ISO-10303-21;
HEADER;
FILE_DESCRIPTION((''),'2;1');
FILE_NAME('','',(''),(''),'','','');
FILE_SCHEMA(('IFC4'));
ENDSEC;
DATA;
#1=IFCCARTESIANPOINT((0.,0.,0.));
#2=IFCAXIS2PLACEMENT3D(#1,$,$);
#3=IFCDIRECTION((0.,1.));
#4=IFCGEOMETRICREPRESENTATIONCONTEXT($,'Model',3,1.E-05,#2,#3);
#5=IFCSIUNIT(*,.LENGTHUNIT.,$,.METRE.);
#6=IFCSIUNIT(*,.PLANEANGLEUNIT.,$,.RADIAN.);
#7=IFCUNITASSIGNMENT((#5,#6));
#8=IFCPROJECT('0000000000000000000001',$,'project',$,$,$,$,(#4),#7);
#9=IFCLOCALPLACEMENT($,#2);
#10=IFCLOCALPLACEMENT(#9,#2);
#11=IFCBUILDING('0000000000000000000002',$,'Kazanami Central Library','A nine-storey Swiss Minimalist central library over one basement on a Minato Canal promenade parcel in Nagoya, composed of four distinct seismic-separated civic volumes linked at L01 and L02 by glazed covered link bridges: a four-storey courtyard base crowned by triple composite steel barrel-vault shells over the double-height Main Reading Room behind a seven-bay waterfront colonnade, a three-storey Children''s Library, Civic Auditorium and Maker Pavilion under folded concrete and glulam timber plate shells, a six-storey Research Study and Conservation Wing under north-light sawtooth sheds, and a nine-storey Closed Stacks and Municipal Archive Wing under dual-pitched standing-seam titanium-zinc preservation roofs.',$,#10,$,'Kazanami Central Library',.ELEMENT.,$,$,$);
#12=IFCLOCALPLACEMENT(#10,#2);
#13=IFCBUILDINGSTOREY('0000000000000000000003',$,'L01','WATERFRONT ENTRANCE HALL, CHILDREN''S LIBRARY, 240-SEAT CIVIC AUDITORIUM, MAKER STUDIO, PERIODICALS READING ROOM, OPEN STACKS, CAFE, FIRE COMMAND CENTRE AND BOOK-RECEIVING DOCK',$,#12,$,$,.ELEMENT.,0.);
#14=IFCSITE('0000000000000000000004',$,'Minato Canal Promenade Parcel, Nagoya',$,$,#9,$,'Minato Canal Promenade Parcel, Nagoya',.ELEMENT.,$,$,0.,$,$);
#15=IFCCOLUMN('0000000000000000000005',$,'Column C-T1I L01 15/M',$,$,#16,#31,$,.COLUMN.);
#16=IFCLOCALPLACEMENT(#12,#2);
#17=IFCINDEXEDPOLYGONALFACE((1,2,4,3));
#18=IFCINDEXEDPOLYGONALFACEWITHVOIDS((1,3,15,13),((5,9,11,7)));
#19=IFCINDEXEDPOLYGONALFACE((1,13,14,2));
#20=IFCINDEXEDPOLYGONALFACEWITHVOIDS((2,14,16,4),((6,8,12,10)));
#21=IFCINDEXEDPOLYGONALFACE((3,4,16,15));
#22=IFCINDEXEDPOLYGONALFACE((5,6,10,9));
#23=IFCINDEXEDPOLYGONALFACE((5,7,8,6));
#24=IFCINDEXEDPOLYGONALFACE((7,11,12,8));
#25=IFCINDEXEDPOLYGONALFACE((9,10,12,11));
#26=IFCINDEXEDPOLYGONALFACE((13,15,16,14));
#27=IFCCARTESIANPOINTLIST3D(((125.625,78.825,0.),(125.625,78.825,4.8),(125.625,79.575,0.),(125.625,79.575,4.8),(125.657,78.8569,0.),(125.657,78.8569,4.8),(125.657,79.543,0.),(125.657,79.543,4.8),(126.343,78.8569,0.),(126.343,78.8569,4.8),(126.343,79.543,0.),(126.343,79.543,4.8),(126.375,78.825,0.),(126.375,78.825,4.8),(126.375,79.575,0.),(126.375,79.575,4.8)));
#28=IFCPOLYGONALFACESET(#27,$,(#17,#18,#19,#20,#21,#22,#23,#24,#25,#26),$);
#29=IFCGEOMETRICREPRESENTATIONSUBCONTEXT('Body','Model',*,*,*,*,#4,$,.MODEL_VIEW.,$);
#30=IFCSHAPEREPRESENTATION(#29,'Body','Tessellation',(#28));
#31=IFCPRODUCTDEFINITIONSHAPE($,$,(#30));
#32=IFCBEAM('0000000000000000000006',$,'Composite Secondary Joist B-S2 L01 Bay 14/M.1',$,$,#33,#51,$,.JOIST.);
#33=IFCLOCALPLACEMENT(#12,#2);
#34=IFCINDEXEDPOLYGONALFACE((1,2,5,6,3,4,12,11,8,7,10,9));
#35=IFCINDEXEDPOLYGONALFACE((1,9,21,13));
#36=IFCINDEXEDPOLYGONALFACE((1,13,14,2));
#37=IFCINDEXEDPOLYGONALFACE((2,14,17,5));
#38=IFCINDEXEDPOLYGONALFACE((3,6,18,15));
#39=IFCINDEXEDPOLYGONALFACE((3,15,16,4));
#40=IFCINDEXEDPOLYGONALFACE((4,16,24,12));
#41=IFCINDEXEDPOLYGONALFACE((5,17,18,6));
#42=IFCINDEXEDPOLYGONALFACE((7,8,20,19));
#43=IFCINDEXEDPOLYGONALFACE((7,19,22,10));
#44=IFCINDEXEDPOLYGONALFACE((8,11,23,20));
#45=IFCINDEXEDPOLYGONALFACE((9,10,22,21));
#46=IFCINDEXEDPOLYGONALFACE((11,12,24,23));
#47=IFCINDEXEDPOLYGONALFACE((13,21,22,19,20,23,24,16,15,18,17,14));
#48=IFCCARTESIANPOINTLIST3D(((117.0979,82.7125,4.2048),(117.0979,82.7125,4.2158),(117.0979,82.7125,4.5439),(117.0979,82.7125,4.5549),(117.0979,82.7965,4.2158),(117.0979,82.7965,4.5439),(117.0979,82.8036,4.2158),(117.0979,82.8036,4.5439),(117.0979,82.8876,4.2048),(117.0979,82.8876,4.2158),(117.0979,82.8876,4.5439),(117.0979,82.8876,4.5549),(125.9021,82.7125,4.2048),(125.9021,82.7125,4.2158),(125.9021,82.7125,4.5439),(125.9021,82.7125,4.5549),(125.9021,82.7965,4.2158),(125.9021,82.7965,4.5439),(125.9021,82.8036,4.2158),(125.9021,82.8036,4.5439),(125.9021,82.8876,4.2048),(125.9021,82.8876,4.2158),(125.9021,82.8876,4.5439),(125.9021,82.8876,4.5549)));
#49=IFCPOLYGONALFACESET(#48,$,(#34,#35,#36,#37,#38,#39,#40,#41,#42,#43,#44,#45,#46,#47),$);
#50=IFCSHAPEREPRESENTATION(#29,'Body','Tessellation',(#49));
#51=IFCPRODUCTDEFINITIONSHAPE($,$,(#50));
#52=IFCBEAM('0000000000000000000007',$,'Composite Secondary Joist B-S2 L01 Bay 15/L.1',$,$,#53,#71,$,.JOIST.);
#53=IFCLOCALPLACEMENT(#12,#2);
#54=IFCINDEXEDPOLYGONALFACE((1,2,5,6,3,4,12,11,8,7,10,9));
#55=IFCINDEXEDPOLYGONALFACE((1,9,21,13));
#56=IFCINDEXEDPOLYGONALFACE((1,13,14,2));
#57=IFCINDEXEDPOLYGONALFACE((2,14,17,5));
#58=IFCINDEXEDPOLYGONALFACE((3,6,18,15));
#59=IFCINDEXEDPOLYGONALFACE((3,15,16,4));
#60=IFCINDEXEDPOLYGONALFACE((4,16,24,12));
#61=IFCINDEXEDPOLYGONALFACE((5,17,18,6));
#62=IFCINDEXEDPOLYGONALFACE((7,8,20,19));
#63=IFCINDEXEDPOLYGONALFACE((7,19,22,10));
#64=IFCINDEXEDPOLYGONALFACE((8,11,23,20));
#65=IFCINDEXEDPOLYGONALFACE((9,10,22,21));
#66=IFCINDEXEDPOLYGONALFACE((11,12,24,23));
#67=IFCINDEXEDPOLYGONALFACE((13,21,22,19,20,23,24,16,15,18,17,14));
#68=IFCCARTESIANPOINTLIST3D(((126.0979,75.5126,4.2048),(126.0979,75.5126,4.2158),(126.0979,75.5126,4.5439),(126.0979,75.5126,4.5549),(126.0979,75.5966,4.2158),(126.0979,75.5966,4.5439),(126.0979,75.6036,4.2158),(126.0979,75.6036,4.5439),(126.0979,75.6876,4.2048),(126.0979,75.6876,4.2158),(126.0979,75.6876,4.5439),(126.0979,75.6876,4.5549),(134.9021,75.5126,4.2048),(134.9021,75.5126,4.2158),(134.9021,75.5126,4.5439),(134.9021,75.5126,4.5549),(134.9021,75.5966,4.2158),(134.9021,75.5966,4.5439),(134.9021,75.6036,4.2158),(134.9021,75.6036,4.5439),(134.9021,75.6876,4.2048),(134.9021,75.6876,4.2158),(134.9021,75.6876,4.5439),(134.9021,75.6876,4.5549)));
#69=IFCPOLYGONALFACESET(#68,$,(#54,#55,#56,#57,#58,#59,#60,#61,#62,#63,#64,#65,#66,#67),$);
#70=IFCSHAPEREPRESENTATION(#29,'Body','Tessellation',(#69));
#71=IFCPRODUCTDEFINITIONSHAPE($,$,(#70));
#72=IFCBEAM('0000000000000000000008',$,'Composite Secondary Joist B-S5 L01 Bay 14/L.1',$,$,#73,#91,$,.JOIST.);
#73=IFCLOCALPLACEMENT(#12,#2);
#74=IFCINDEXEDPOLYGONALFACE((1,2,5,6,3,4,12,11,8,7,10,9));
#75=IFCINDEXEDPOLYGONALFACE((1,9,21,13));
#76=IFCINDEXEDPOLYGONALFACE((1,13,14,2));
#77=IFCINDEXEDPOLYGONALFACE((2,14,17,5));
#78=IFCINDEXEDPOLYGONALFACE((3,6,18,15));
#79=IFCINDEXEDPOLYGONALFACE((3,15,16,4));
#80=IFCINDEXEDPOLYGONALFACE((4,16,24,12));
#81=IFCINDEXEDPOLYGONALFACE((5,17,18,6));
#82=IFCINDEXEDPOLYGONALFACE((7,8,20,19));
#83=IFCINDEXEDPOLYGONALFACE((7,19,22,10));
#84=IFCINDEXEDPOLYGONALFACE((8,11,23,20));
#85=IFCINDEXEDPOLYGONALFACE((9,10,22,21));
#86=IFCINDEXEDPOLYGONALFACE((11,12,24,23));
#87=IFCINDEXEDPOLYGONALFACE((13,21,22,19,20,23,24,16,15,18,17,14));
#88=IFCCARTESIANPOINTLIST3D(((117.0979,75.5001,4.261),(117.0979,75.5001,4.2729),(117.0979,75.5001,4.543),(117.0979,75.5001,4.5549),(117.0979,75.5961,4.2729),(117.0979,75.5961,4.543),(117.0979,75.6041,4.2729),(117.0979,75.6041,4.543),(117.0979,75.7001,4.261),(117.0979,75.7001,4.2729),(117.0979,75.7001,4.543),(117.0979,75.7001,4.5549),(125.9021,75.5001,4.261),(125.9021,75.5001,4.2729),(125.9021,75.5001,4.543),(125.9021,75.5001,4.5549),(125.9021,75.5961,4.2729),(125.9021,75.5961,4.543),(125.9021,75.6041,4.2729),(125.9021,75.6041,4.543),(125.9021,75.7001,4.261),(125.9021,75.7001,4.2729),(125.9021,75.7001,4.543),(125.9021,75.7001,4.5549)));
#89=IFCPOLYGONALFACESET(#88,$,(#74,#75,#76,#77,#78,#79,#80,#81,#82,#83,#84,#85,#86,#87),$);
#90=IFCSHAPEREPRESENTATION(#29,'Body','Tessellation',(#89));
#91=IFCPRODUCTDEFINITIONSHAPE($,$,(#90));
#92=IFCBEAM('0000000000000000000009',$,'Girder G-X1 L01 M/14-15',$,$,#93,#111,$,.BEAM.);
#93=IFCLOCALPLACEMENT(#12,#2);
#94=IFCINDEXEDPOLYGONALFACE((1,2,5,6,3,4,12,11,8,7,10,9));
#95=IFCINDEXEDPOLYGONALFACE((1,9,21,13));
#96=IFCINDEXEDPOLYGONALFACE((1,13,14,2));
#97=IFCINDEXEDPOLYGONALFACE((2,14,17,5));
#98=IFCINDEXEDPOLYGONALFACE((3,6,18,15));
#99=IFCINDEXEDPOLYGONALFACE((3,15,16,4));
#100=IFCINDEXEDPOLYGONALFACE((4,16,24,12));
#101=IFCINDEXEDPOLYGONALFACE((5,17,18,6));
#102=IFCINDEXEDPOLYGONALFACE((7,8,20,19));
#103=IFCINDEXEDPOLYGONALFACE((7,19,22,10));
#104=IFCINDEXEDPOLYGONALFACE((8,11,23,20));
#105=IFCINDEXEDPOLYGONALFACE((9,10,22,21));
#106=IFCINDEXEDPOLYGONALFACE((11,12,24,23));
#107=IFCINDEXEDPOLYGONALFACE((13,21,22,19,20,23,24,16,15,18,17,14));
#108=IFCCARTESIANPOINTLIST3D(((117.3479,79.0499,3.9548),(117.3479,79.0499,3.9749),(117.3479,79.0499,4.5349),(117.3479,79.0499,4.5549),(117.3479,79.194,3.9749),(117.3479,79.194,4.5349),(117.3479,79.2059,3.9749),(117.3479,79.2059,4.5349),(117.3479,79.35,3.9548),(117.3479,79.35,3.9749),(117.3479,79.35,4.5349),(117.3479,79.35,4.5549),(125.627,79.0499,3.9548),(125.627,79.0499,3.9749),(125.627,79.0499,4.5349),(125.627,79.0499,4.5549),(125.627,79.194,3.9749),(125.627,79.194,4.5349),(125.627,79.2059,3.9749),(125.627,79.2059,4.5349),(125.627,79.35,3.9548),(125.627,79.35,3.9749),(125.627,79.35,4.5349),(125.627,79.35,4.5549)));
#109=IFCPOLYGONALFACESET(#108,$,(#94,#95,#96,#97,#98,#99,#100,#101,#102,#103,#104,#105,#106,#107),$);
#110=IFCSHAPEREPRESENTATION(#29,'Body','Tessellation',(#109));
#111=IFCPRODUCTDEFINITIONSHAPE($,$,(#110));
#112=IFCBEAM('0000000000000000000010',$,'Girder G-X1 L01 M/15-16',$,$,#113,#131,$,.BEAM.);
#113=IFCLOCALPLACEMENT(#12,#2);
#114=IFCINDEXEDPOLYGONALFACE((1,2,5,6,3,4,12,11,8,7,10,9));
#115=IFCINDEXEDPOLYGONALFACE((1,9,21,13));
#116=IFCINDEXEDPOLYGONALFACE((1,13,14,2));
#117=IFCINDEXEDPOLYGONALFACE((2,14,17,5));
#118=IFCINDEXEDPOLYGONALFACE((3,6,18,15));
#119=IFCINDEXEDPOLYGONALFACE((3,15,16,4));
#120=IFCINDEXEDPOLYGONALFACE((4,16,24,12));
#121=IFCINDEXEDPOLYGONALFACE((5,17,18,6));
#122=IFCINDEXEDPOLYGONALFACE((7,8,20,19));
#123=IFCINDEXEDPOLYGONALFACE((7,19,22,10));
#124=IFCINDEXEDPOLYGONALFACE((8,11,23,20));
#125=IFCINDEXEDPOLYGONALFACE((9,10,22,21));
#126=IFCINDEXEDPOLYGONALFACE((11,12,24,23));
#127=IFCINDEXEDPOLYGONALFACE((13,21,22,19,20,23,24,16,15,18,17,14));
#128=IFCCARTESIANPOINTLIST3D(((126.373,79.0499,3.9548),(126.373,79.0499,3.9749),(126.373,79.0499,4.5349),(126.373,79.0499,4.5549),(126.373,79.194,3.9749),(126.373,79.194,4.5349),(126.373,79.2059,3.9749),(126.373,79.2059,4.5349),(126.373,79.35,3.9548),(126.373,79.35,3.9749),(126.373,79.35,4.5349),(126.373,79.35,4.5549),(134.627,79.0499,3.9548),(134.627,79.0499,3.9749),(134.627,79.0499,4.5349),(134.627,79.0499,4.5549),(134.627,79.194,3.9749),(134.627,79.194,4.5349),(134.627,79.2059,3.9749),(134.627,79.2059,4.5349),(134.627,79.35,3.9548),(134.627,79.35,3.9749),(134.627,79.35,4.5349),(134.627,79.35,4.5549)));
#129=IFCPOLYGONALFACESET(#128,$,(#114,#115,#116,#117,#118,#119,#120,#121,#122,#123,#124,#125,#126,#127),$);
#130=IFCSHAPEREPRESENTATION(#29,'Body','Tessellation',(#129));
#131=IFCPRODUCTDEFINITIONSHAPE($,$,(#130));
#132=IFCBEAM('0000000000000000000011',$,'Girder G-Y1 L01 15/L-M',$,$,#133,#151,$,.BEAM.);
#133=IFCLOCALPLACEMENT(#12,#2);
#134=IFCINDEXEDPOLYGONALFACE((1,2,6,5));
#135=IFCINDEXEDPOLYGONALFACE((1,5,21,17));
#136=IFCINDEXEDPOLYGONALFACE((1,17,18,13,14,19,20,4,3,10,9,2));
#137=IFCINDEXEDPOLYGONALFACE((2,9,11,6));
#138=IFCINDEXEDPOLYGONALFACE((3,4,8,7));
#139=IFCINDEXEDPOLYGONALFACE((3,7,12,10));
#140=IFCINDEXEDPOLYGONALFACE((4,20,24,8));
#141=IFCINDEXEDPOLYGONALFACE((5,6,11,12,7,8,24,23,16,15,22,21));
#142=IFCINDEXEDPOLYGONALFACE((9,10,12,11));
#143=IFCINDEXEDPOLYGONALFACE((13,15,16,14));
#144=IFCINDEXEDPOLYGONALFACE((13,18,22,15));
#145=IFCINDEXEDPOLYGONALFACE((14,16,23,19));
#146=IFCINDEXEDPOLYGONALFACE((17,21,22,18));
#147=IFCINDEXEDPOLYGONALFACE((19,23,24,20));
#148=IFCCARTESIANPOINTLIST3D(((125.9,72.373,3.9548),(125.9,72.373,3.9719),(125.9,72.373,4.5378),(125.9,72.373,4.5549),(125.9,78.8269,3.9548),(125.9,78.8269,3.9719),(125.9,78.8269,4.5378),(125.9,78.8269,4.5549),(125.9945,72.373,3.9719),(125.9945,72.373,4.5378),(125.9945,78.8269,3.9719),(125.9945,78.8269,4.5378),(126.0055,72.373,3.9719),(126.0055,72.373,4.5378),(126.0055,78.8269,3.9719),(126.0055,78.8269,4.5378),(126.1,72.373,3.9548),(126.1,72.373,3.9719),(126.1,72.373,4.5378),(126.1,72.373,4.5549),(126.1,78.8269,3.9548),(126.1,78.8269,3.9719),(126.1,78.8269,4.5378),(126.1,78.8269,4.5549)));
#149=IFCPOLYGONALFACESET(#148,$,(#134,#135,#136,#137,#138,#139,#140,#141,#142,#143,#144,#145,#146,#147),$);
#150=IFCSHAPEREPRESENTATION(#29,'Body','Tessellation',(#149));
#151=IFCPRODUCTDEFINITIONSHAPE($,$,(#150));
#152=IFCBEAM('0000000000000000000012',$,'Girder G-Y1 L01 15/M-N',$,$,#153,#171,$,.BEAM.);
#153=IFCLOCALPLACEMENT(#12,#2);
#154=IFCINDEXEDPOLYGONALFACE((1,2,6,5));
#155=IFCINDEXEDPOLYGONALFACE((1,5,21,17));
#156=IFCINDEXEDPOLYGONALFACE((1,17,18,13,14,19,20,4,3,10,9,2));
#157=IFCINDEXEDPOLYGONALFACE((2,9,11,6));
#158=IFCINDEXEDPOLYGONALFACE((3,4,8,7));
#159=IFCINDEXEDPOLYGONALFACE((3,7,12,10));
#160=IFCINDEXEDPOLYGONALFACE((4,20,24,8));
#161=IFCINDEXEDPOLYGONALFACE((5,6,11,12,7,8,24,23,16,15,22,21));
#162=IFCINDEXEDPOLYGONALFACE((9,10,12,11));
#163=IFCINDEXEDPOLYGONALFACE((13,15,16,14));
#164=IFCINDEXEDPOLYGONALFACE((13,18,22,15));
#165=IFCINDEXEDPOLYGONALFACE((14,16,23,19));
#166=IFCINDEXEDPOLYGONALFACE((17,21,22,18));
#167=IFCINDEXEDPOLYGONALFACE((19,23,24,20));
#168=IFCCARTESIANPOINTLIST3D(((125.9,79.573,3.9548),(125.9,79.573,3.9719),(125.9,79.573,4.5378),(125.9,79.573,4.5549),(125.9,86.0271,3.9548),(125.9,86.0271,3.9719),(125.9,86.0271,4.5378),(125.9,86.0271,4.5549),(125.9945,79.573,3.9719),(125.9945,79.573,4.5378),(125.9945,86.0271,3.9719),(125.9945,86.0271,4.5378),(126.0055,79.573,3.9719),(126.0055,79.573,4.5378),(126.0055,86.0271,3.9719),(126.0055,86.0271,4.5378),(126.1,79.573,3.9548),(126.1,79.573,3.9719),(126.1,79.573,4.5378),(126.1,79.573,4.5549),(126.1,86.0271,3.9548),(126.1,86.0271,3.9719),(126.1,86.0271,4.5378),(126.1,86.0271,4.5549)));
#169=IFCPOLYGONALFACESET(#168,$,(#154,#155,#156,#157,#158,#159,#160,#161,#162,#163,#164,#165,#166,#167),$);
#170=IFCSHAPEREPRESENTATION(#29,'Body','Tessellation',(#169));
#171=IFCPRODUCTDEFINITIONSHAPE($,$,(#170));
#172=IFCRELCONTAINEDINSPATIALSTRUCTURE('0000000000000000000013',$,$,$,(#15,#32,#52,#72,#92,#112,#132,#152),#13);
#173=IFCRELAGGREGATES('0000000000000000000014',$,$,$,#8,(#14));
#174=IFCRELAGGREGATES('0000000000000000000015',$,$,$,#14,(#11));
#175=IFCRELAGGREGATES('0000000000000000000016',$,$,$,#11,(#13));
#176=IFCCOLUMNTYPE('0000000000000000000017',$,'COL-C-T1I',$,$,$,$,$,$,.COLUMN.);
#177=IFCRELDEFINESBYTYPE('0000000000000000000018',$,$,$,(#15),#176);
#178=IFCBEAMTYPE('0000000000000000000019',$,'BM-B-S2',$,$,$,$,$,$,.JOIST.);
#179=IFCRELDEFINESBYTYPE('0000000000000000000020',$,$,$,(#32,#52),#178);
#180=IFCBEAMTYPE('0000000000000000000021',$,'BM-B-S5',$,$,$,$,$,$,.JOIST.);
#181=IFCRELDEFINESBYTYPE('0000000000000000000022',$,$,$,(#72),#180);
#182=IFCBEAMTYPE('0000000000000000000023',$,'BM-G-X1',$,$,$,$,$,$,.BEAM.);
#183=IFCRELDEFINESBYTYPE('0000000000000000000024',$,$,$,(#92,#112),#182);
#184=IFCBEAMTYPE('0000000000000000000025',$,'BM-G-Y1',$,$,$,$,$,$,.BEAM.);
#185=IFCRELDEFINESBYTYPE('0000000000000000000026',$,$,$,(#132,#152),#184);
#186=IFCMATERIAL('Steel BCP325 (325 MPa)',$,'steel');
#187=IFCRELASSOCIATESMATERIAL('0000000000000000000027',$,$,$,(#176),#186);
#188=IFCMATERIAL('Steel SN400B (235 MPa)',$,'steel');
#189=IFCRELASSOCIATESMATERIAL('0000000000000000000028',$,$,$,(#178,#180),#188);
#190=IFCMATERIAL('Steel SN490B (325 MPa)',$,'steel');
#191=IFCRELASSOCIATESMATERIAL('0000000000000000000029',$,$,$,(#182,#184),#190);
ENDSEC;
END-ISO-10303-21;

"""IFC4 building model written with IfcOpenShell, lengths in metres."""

from ifc_helpers import new_model, si_unit, direction, frame, origin, origin_2d, place, context, subcontext, project, spatial, hollow_rectangle, i_section, extrude, material, material_profile, profile_set, type_object, element, save


model = new_model("IFC4")

# Units and contexts
model_context = context("Model", 3, precision=1e-05, world=origin(), true_north=direction((0.0, 1.0)))
body_context = subcontext(model_context, "Body", "Model", "MODEL_VIEW")
ifc_project = project(units=[si_unit("LENGTHUNIT", "METRE"), si_unit("PLANEANGLEUNIT", "RADIAN")], contexts=[model_context])

# Site, building, storey
site_placement = place(None, origin())
site = spatial("IfcSite", under=ifc_project, at=site_placement, Name="Minato Canal Promenade Parcel, Nagoya", LongName="Minato Canal Promenade Parcel, Nagoya", CompositionType="ELEMENT", RefElevation=0.0)
building_placement = place(site_placement, origin())
building = spatial("IfcBuilding", under=site, at=building_placement, Name="Kazanami Central Library", Description="A nine-storey Swiss Minimalist central library over one basement on a Minato Canal promenade parcel in Nagoya, composed of four distinct seismic-separated civic volumes linked at L01 and L02 by glazed covered link bridges: a four-storey courtyard base crowned by triple composite steel barrel-vault shells over the double-height Main Reading Room behind a seven-bay waterfront colonnade, a three-storey Children's Library, Civic Auditorium and Maker Pavilion under folded concrete and glulam timber plate shells, a six-storey Research Study and Conservation Wing under north-light sawtooth sheds, and a nine-storey Closed Stacks and Municipal Archive Wing under dual-pitched standing-seam titanium-zinc preservation roofs.", LongName="Kazanami Central Library", CompositionType="ELEMENT")
storey_placement = place(building_placement, origin())
storey = spatial("IfcBuildingStorey", under=building, at=storey_placement, Name="L01", Description="WATERFRONT ENTRANCE HALL, CHILDREN'S LIBRARY, 240-SEAT CIVIC AUDITORIUM, MAKER STUDIO, PERIODICALS READING ROOM, OPEN STACKS, CAFE, FIRE COMMAND CENTRE AND BOOK-RECEIVING DOCK", CompositionType="ELEMENT", Elevation=0.0)

# Column
ifc_material_1 = material(Name="Steel BCP325 (325 MPa)", Category="steel")
ifc_material_profile_1 = material_profile(ifc_material_1, hollow_rectangle(XDim=0.75, YDim=0.75, WallThickness=0.032, at=origin_2d()), Name="BCP-750x750x32")
ifc_profile_set_1 = profile_set([ifc_material_profile_1], Name="Steel BCP325 (325 MPa)")
column_type = type_object("IfcColumnType", Name="COL-C-T1I", PredefinedType="COLUMN", material=ifc_profile_set_1)
column_placement = place(storey_placement, frame((126.0, 79.2, 0.0), z_axis=(0.0, 0.0, 1.0), x_axis=(1.0, 0.0, 0.0)))
element("IfcColumn", 1, at=column_placement, inside=storey, type_object=column_type, Name="Column C-T1I L01 15/M", PredefinedType="COLUMN", context=body_context, shape_type="SweptSolid", body=[
    extrude(hollow_rectangle(XDim=0.75, YDim=0.75, WallThickness=0.032, at=origin_2d()), origin(), (0.0, 0.0, 1.0), 4.8),
])

# Beams
ifc_material_2 = material(Name="Steel SN400B (235 MPa)", Category="steel")
ifc_material_profile_2 = material_profile(ifc_material_2, i_section(OverallWidth=0.175, OverallDepth=0.3501, WebThickness=0.0071, FlangeThickness=0.011, at=origin_2d()), Name="H-350x175x7x11")
ifc_profile_set_2 = profile_set([ifc_material_profile_2], Name="Steel SN400B (235 MPa)")
beam_type_1 = type_object("IfcBeamType", Name="BM-B-S2", PredefinedType="JOIST", material=ifc_profile_set_2)
for number, where, z_axis, x_axis, name in (
    (2, (117.0979, 82.8, 4.3799), (1.0, 0.0, 0.0), (0.0, 1.0, 0.0), "Composite Secondary Joist B-S2 L01 Bay 14/M.1"),
    (3, (126.0979, 75.6001, 4.3799), (1.0, 0.0, 0.0), (0.0, 1.0, 0.0), "Composite Secondary Joist B-S2 L01 Bay 15/L.1"),
):
    element("IfcBeam", number, at=place(storey_placement, frame(where, z_axis=z_axis, x_axis=x_axis)), inside=storey, type_object=beam_type_1, Name=name, PredefinedType="JOIST", context=body_context, shape_type="SweptSolid", body=[
        extrude(i_section(OverallWidth=0.175, OverallDepth=0.3501, WebThickness=0.0071, FlangeThickness=0.011, at=origin_2d()), origin(), (0.0, 0.0, 1.0), 8.8042),
    ])
ifc_material_profile_3 = material_profile(ifc_material_2, i_section(OverallWidth=0.2, OverallDepth=0.2939, WebThickness=0.0081, FlangeThickness=0.012, at=origin_2d()), Name="H-294x200x8x12")
ifc_profile_set_3 = profile_set([ifc_material_profile_3], Name="Steel SN400B (235 MPa)")
beam_type_2 = type_object("IfcBeamType", Name="BM-B-S5", PredefinedType="JOIST", material=ifc_profile_set_3)
beam_1_placement = place(storey_placement, frame((117.0979, 75.6001, 4.408), z_axis=(1.0, 0.0, 0.0), x_axis=(0.0, 1.0, 0.0)))
element("IfcBeam", 4, at=beam_1_placement, inside=storey, type_object=beam_type_2, Name="Composite Secondary Joist B-S5 L01 Bay 14/L.1", PredefinedType="JOIST", context=body_context, shape_type="SweptSolid", body=[
    extrude(i_section(OverallWidth=0.2, OverallDepth=0.2939, WebThickness=0.0081, FlangeThickness=0.012, at=origin_2d()), origin(), (0.0, 0.0, 1.0), 8.8042),
])
ifc_material_3 = material(Name="Steel SN490B (325 MPa)", Category="steel")
ifc_material_profile_4 = material_profile(ifc_material_3, i_section(OverallWidth=0.3, OverallDepth=0.6001, WebThickness=0.012, FlangeThickness=0.02, at=origin_2d()), Name="H-600x300x12x20")
ifc_profile_set_4 = profile_set([ifc_material_profile_4], Name="Steel SN490B (325 MPa)")
beam_type_3 = type_object("IfcBeamType", Name="BM-G-X1", PredefinedType="BEAM", material=ifc_profile_set_4)
beam_2_placement = place(storey_placement, frame((117.3479, 79.2, 4.2549), z_axis=(1.0, 0.0, 0.0), x_axis=(0.0, 1.0, 0.0)))
element("IfcBeam", 5, at=beam_2_placement, inside=storey, type_object=beam_type_3, Name="Girder G-X1 L01 M/14-15", PredefinedType="BEAM", context=body_context, shape_type="SweptSolid", body=[
    extrude(i_section(OverallWidth=0.3, OverallDepth=0.6001, WebThickness=0.012, FlangeThickness=0.02, at=origin_2d()), origin(), (0.0, 0.0, 1.0), 8.2791),
])
beam_3_placement = place(storey_placement, frame((126.373, 79.2, 4.2549), z_axis=(1.0, 0.0, 0.0), x_axis=(0.0, 1.0, 0.0)))
element("IfcBeam", 6, at=beam_3_placement, inside=storey, type_object=beam_type_3, Name="Girder G-X1 L01 M/15-16", PredefinedType="BEAM", context=body_context, shape_type="SweptSolid", body=[
    extrude(i_section(OverallWidth=0.3, OverallDepth=0.6001, WebThickness=0.012, FlangeThickness=0.02, at=origin_2d()), origin(), (0.0, 0.0, 1.0), 8.2539),
])
ifc_material_profile_5 = material_profile(ifc_material_3, i_section(OverallWidth=0.2, OverallDepth=0.6001, WebThickness=0.011, FlangeThickness=0.0171, at=origin_2d()), Name="H-600x200x11x17")
ifc_profile_set_5 = profile_set([ifc_material_profile_5], Name="Steel SN490B (325 MPa)")
beam_type_4 = type_object("IfcBeamType", Name="BM-G-Y1", PredefinedType="BEAM", material=ifc_profile_set_5)
beam_4_placement = place(storey_placement, frame((126.0, 72.373, 4.2549), z_axis=(0.0, 1.0, 0.0), x_axis=(-1.0, 0.0, 0.0)))
element("IfcBeam", 7, at=beam_4_placement, inside=storey, type_object=beam_type_4, Name="Girder G-Y1 L01 15/L-M", PredefinedType="BEAM", context=body_context, shape_type="SweptSolid", body=[
    extrude(i_section(OverallWidth=0.2, OverallDepth=0.6001, WebThickness=0.011, FlangeThickness=0.0171, at=origin_2d()), origin(), (0.0, 0.0, 1.0), 6.4539),
])
beam_5_placement = place(storey_placement, frame((126.0, 79.573, 4.2549), z_axis=(0.0, 1.0, 0.0), x_axis=(-1.0, 0.0, 0.0)))
element("IfcBeam", 8, at=beam_5_placement, inside=storey, type_object=beam_type_4, Name="Girder G-Y1 L01 15/M-N", PredefinedType="BEAM", context=body_context, shape_type="SweptSolid", body=[
    extrude(i_section(OverallWidth=0.2, OverallDepth=0.6001, WebThickness=0.011, FlangeThickness=0.0171, at=origin_2d()), origin(), (0.0, 0.0, 1.0), 6.4541),
])

save(model, "model.ifc")
